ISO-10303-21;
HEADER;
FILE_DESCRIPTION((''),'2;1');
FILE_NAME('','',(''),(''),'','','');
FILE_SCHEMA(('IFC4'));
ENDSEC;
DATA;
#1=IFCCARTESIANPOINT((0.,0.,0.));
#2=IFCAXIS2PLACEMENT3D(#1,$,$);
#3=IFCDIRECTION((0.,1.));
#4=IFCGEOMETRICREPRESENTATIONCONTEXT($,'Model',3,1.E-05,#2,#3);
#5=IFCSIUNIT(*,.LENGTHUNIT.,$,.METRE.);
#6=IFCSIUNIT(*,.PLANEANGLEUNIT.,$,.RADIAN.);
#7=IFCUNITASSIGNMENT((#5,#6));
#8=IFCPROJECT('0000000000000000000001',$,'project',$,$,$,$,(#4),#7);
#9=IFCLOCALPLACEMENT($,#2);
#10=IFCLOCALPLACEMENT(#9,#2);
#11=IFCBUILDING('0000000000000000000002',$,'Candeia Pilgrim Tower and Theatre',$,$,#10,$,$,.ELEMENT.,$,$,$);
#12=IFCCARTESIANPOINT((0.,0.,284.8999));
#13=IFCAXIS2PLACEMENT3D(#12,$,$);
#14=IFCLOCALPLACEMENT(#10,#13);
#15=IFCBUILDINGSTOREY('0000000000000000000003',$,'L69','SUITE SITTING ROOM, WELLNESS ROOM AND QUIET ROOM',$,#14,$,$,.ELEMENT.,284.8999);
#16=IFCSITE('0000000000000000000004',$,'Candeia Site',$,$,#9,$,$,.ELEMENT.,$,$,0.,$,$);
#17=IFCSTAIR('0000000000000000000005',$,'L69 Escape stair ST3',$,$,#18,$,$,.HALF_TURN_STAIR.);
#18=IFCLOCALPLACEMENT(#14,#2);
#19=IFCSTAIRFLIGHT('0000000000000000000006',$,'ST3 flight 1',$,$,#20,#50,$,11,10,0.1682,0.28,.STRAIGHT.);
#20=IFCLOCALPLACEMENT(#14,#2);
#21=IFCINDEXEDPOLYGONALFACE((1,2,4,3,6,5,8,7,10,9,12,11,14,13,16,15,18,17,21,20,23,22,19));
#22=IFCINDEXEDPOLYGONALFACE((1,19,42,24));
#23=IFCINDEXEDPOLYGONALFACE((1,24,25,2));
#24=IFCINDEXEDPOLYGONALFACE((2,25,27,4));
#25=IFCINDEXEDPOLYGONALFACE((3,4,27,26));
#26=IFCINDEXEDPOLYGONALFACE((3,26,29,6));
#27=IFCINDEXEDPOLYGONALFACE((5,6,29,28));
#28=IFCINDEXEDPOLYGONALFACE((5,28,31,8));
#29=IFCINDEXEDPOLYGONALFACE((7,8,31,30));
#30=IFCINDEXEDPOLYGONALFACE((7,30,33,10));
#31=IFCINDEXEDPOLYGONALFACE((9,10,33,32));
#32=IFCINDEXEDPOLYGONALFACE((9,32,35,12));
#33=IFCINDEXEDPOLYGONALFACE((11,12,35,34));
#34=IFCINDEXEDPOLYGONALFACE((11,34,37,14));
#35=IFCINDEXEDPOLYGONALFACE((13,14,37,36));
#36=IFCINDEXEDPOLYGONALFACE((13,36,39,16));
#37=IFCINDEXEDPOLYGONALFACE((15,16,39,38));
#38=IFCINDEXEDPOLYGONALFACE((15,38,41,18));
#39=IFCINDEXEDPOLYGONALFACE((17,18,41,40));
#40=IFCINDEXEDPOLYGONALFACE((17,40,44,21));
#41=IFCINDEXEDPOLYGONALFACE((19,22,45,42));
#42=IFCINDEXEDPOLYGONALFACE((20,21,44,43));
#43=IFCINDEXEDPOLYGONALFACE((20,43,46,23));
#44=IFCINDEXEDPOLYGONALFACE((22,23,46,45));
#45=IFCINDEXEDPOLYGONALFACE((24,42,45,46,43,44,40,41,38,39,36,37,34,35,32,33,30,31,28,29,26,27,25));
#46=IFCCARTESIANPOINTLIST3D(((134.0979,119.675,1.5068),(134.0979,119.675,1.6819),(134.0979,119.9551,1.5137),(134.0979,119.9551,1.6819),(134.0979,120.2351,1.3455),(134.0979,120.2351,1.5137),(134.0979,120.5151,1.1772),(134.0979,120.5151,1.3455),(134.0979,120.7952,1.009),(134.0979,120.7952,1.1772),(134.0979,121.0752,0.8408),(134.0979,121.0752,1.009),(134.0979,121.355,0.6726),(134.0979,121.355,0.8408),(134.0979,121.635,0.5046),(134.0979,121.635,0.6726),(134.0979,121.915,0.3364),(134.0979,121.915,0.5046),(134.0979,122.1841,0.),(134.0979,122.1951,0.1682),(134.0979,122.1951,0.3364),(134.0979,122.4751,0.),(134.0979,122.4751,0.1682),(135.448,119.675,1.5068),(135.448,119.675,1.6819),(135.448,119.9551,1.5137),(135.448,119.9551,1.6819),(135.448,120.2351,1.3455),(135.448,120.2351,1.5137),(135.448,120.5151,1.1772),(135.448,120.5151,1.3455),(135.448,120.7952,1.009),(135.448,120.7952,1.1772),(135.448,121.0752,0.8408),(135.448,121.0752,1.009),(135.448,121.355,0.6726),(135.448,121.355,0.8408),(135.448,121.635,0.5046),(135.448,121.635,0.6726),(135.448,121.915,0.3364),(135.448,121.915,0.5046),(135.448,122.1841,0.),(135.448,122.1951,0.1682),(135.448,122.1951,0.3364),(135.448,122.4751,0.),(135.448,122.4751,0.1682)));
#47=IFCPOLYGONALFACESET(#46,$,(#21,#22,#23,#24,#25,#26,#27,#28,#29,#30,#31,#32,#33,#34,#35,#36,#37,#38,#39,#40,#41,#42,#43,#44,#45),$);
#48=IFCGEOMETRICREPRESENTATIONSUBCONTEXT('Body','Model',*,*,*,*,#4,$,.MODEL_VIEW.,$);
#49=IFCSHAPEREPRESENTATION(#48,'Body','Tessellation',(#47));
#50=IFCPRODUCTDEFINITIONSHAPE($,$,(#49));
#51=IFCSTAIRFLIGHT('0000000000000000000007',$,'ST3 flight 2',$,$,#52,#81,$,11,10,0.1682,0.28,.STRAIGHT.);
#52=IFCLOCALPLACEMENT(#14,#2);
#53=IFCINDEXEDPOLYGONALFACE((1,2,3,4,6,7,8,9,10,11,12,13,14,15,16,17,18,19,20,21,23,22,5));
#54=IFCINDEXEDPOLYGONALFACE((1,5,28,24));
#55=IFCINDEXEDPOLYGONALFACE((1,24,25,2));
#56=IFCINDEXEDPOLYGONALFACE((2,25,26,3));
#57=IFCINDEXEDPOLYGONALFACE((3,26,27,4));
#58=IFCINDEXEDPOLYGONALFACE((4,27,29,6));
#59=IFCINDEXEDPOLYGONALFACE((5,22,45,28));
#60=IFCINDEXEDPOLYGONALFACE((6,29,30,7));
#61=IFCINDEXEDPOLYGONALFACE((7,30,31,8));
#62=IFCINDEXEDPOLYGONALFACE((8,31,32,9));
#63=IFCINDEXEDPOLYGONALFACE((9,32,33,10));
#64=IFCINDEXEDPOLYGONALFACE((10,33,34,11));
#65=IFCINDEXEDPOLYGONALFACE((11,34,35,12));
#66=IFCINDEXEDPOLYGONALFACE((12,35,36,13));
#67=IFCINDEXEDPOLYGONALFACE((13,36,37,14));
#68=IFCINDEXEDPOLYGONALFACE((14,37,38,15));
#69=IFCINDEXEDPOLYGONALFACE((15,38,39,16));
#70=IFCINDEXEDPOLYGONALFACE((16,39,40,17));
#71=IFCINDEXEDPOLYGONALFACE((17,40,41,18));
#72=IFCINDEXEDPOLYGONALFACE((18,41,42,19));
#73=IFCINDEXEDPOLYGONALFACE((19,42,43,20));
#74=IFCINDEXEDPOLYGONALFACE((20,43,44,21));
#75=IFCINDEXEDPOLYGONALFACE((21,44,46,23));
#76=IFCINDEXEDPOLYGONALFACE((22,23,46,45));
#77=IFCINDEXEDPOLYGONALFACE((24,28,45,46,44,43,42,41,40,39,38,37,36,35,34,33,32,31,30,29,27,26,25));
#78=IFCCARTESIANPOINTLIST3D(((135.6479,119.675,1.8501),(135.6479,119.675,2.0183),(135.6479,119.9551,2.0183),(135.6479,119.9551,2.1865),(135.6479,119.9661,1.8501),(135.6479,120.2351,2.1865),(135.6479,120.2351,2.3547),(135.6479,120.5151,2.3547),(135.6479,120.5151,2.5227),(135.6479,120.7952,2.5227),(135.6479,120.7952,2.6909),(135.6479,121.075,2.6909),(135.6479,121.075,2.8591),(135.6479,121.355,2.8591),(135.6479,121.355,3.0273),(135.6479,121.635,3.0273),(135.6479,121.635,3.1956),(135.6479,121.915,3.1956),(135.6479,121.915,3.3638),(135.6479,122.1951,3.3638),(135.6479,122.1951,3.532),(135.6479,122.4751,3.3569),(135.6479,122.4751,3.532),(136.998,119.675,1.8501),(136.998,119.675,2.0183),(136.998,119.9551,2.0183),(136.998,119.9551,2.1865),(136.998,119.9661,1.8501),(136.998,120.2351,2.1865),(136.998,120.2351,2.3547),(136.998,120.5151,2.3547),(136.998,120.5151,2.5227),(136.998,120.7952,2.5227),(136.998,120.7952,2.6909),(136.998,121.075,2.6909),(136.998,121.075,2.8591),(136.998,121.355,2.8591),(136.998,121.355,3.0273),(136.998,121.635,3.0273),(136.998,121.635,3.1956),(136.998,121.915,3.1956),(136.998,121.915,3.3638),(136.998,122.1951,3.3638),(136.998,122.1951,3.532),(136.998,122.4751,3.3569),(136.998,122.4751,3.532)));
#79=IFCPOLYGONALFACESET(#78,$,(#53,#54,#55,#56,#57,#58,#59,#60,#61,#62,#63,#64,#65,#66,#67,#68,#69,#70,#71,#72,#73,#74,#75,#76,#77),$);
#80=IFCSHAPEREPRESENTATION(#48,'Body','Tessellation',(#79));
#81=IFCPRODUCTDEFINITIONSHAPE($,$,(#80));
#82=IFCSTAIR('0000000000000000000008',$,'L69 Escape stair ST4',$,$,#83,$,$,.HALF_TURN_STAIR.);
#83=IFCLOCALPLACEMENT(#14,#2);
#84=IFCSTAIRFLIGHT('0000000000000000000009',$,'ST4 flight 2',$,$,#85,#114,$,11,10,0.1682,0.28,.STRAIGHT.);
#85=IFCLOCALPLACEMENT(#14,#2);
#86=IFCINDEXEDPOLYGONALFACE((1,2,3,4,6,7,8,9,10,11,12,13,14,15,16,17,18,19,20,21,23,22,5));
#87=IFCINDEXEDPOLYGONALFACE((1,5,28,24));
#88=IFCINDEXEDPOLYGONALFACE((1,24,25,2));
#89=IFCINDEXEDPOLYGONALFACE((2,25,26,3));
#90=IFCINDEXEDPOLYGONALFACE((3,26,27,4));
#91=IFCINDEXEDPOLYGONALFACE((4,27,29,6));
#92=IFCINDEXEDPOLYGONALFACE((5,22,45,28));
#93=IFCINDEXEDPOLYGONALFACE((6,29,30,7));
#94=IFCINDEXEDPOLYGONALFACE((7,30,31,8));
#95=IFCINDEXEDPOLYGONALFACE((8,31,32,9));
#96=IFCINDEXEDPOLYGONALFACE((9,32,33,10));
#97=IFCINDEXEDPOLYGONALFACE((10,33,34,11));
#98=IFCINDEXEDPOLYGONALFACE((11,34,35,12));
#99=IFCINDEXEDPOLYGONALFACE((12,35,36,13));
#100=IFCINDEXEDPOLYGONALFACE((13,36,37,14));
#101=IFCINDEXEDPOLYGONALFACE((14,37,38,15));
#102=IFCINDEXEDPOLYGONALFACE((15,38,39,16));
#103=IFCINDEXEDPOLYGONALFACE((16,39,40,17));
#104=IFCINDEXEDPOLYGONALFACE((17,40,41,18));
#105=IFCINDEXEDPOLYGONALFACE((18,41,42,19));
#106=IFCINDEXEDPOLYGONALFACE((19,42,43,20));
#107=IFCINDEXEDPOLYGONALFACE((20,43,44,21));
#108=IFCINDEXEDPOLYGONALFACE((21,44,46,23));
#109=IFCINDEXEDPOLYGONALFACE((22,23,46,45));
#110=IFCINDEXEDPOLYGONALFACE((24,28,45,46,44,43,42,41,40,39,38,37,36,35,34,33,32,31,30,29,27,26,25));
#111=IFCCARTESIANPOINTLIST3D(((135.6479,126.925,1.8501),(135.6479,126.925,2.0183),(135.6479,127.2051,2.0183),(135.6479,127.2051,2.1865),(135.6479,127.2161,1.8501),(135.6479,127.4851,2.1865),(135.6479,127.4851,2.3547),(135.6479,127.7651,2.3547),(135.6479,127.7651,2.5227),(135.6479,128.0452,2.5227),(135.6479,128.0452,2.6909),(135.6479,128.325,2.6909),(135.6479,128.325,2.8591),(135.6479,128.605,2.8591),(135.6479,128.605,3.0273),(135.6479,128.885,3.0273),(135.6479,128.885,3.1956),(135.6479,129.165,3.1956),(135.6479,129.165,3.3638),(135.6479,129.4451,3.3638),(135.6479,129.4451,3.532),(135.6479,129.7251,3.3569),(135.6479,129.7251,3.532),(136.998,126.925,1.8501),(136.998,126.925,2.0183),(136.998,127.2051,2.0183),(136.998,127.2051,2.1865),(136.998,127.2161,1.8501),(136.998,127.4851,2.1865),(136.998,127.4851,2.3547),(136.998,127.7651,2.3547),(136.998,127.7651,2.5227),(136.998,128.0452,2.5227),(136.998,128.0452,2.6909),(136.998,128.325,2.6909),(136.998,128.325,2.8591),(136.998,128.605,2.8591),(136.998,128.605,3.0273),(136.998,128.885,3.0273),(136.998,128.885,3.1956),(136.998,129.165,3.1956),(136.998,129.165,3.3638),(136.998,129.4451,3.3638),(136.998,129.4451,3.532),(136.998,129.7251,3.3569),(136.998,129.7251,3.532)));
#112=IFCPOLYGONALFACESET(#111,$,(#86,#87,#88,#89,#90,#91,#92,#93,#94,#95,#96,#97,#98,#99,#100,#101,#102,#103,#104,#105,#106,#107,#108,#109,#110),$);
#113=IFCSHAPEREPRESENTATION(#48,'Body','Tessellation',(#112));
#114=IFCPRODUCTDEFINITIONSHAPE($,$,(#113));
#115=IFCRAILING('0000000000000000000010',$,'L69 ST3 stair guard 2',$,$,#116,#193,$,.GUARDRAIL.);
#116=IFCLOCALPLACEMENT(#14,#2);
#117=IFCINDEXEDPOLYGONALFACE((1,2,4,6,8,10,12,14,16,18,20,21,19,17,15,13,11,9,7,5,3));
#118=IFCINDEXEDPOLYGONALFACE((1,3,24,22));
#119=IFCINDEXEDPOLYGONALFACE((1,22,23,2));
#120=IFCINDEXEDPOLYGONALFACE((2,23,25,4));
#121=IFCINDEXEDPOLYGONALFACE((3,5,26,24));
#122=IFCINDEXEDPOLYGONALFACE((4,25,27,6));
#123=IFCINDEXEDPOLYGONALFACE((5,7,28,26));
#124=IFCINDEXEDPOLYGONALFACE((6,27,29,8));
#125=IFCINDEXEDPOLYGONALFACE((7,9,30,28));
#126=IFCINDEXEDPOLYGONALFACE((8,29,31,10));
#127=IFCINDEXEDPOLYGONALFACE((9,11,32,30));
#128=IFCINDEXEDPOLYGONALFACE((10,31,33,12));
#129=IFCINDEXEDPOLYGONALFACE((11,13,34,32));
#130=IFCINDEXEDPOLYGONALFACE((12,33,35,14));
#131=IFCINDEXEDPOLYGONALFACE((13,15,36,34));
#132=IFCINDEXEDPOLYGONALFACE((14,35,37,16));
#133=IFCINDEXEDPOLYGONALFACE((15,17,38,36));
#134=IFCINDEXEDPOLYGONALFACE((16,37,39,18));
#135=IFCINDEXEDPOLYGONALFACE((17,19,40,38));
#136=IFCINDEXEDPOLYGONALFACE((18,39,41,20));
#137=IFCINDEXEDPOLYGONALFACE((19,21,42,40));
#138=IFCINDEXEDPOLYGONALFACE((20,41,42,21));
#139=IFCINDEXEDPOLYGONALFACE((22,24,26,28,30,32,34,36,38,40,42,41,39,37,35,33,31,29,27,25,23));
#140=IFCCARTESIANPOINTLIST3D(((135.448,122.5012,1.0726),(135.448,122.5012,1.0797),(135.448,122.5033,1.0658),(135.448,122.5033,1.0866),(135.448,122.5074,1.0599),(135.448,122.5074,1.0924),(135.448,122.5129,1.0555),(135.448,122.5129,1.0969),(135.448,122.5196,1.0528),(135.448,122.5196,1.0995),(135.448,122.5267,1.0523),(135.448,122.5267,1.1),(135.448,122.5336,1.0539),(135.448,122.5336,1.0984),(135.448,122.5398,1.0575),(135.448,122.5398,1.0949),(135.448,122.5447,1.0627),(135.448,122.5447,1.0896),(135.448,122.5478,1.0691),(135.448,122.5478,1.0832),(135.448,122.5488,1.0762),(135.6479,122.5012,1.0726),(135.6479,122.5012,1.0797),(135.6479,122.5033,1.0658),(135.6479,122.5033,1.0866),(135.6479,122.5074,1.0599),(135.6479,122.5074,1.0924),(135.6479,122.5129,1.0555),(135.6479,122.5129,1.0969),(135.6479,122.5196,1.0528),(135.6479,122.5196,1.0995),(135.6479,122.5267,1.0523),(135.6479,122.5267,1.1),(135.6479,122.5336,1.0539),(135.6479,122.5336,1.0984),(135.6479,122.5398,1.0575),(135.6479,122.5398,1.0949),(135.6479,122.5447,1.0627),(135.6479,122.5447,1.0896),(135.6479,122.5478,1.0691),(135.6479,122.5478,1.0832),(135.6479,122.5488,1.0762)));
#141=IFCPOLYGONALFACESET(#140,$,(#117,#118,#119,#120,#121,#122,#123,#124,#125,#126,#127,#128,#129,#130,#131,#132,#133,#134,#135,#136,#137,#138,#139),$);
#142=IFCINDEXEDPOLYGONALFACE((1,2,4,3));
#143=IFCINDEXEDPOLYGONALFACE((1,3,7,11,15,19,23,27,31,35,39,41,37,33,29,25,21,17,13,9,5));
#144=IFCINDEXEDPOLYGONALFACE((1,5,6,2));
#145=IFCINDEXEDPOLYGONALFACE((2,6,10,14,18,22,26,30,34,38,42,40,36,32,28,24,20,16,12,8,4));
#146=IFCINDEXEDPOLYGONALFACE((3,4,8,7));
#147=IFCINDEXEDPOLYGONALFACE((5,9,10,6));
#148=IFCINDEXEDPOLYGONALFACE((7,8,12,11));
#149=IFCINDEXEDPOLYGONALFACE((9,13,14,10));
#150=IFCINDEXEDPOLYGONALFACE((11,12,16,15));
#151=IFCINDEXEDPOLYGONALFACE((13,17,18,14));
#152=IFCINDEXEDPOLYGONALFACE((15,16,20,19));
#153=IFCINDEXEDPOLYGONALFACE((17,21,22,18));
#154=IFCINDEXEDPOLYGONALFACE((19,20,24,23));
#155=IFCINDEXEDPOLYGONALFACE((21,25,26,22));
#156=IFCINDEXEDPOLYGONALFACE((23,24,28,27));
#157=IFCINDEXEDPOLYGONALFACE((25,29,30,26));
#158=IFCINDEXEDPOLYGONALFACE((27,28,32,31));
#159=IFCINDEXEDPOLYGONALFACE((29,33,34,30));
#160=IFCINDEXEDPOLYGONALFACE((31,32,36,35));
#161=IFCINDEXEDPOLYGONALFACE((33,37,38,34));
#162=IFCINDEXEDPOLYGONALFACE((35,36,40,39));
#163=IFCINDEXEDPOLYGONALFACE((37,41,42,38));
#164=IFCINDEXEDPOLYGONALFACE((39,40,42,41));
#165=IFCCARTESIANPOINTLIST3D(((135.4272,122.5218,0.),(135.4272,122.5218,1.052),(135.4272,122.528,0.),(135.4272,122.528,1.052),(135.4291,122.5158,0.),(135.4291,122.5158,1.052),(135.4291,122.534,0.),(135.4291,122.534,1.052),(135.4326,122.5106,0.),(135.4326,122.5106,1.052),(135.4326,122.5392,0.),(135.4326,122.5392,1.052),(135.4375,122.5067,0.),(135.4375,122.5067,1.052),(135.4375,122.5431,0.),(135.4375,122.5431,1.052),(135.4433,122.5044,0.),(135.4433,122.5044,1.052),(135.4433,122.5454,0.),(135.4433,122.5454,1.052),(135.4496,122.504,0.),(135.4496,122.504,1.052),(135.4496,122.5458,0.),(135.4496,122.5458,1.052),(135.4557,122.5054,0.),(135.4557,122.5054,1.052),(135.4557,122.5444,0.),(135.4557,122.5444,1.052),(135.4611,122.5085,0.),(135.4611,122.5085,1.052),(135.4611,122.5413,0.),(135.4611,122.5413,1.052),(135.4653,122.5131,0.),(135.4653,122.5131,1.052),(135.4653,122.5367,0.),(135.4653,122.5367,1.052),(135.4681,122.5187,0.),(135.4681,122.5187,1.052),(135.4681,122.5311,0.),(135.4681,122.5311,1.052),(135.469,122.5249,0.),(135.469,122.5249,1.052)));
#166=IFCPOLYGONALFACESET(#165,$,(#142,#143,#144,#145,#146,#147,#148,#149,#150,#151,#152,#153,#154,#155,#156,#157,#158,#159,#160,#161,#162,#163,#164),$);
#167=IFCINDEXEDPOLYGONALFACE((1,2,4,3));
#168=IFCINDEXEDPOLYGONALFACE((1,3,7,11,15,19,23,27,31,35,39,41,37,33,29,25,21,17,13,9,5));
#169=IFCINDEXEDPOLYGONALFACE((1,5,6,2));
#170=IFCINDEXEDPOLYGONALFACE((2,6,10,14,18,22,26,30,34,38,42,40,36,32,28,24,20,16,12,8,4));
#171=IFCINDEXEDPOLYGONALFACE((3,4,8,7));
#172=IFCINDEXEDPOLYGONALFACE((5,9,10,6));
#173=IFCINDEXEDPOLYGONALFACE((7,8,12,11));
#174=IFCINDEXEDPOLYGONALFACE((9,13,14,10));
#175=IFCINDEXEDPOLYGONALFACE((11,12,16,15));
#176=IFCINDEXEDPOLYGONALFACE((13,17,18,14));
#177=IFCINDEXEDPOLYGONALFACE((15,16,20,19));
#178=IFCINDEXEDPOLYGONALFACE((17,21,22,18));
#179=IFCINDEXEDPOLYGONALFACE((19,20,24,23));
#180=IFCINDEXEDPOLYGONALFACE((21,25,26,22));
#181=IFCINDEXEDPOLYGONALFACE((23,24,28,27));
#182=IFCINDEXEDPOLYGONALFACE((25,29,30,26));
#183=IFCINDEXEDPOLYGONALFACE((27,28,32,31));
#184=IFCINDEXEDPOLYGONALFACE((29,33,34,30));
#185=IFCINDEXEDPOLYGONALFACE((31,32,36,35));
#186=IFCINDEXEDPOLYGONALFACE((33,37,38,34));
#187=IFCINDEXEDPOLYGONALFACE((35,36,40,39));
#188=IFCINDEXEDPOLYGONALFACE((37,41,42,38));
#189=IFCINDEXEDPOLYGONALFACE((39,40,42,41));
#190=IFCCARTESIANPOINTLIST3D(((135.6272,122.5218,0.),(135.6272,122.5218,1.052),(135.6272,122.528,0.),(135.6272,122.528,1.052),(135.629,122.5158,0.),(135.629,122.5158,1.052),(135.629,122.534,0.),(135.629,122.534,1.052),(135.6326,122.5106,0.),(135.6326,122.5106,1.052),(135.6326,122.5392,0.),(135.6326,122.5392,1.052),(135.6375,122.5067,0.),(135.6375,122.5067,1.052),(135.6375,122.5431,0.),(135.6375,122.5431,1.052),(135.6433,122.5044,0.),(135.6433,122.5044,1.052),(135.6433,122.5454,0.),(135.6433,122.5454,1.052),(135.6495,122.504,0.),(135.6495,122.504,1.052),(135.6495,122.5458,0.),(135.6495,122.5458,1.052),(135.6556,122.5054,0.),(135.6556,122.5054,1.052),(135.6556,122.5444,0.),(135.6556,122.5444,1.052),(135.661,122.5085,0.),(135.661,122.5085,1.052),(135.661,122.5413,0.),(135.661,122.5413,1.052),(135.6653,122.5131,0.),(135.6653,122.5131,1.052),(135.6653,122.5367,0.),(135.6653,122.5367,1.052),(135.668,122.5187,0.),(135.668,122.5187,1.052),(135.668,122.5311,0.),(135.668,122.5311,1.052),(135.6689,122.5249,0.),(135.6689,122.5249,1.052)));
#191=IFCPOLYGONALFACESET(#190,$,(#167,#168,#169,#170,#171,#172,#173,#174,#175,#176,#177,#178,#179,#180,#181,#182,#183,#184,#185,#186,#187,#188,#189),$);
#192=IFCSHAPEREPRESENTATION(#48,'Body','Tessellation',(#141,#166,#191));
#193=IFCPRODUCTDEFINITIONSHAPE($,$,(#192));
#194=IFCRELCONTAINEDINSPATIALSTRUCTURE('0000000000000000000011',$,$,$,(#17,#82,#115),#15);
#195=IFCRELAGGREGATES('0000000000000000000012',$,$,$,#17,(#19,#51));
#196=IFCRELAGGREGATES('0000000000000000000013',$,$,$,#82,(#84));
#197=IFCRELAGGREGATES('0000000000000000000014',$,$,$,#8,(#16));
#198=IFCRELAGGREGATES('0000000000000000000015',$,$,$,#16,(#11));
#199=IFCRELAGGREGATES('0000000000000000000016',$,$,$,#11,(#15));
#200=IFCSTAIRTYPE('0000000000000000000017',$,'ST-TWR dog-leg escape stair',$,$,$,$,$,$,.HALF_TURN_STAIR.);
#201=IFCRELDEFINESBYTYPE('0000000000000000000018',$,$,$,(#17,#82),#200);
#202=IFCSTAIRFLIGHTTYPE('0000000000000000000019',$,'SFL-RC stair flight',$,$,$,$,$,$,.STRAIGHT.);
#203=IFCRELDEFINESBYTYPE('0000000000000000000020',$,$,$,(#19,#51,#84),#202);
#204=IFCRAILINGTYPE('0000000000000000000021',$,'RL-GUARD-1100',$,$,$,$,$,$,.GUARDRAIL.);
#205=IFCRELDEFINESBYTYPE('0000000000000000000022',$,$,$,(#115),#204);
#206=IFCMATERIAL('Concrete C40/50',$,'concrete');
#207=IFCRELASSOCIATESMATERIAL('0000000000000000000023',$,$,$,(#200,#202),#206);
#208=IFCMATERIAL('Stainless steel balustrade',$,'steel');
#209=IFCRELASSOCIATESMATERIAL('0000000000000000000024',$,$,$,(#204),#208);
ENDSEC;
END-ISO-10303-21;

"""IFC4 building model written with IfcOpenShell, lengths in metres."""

from ifc_helpers import new_model, si_unit, direction, frame, origin, origin_2d, place, context, subcontext, project, spatial, polyline, circle, outline, extrude, material, type_object, element, aggregate, save


model = new_model("IFC4")

# Units and contexts
model_context = context("Model", 3, precision=1e-05, world=origin(), true_north=direction((0.0, 1.0)))
body_context = subcontext(model_context, "Body", "Model", "MODEL_VIEW")
ifc_project = project(units=[si_unit("LENGTHUNIT", "METRE"), si_unit("PLANEANGLEUNIT", "RADIAN")], contexts=[model_context])

# Site, building, storey
site_placement = place(None, origin())
site = spatial("IfcSite", under=ifc_project, at=site_placement, Name="Candeia Site", CompositionType="ELEMENT", RefElevation=0.0)
building_placement = place(site_placement, origin())
building = spatial("IfcBuilding", under=site, at=building_placement, Name="Candeia Pilgrim Tower and Theatre", CompositionType="ELEMENT")
storey_placement = place(building_placement, frame((0.0, 0.0, 284.8999)))
storey = spatial("IfcBuildingStorey", under=building, at=storey_placement, Name="L69", Description="SUITE SITTING ROOM, WELLNESS ROOM AND QUIET ROOM", CompositionType="ELEMENT", Elevation=284.8999)

# Shared definitions
ifc_material_1 = material(Name="Concrete C40/50", Category="concrete")

# Stair, stair flights
stair_type = type_object("IfcStairType", Name="ST-TWR dog-leg escape stair", PredefinedType="HALF_TURN_STAIR", material=ifc_material_1)
stair_1_placement = place(storey_placement, origin())
stair_1 = element("IfcStair", 1, at=stair_1_placement, inside=storey, type_object=stair_type, Name="L69 Escape stair ST3", PredefinedType="HALF_TURN_STAIR")
stair_flight_type = type_object("IfcStairFlightType", Name="SFL-RC stair flight", PredefinedType="STRAIGHT", material=ifc_material_1)
stair_flight_1_placement = place(storey_placement, frame((134.7729, 122.4751, 0.0), z_axis=(0.0, 0.0, 1.0), x_axis=(0.0, -1.0, 0.0)))
stair_flight_1 = element("IfcStairFlight", 2, at=stair_flight_1_placement, type_object=stair_flight_type, Name="ST3 flight 1", NumberOfRisers=11, NumberOfTreads=10, PredefinedType="STRAIGHT", RiserHeight=0.1682, TreadLength=0.28, context=body_context, shape_type="SweptSolid", body=[
    extrude(outline(polyline([(0.0, 0.0), (0.0, 0.1682), (0.28, 0.1682), (0.28, 0.3364), (0.5601, 0.3364), (0.5601, 0.5046), (0.8401, 0.5046), (0.8401, 0.6726), (1.1201, 0.6726), (1.1201, 0.8408), (1.3999, 0.8408), (1.3999, 1.009), (1.6799, 1.009), (1.6799, 1.1772), (1.96, 1.1772), (1.96, 1.3455), (2.24, 1.3455), (2.24, 1.5137), (2.52, 1.5137), (2.52, 1.6819), (2.8, 1.6819), (2.8, 1.8501), (2.8, 1.5068), (0.291, 0.0), (0.0, 0.0)])), frame((0.0, 0.675, 0.0), z_axis=(0.0, -1.0, 0.0), x_axis=(1.0, 0.0, 0.0)), (0.0, 0.0, 1.0), 1.3501),
])
stair_flight_2_placement = place(storey_placement, frame((136.323, 119.675, 1.8501), z_axis=(0.0, 0.0, 1.0), x_axis=(0.0, 1.0, 0.0)))
stair_flight_2 = element("IfcStairFlight", 3, at=stair_flight_2_placement, type_object=stair_flight_type, Name="ST3 flight 2", NumberOfRisers=11, NumberOfTreads=10, PredefinedType="STRAIGHT", RiserHeight=0.1682, TreadLength=0.28, context=body_context, shape_type="SweptSolid", body=[
    extrude(outline(polyline([(0.0, 0.0), (0.0, 0.1682), (0.28, 0.1682), (0.28, 0.3364), (0.5601, 0.3364), (0.5601, 0.5046), (0.8401, 0.5046), (0.8401, 0.6726), (1.1201, 0.6726), (1.1201, 0.8408), (1.3999, 0.8408), (1.3999, 1.009), (1.6799, 1.009), (1.6799, 1.1772), (1.96, 1.1772), (1.96, 1.3455), (2.24, 1.3455), (2.24, 1.5137), (2.52, 1.5137), (2.52, 1.6819), (2.8, 1.6819), (2.8, 1.8501), (2.8, 1.5068), (0.291, 0.0), (0.0, 0.0)])), frame((0.0, 0.675, 0.0), z_axis=(0.0, -1.0, 0.0), x_axis=(1.0, 0.0, 0.0)), (0.0, 0.0, 1.0), 1.3501),
])
aggregate(stair_1, [stair_flight_1, stair_flight_2])

# Stair, stair flight
stair_2_placement = place(storey_placement, origin())
stair_2 = element("IfcStair", 4, at=stair_2_placement, inside=storey, type_object=stair_type, Name="L69 Escape stair ST4", PredefinedType="HALF_TURN_STAIR")
stair_flight_3_placement = place(storey_placement, frame((136.323, 126.925, 1.8501), z_axis=(0.0, 0.0, 1.0), x_axis=(0.0, 1.0, 0.0)))
stair_flight_3 = element("IfcStairFlight", 5, at=stair_flight_3_placement, type_object=stair_flight_type, Name="ST4 flight 2", NumberOfRisers=11, NumberOfTreads=10, PredefinedType="STRAIGHT", RiserHeight=0.1682, TreadLength=0.28, context=body_context, shape_type="SweptSolid", body=[
    extrude(outline(polyline([(0.0, 0.0), (0.0, 0.1682), (0.28, 0.1682), (0.28, 0.3364), (0.5601, 0.3364), (0.5601, 0.5046), (0.8401, 0.5046), (0.8401, 0.6726), (1.1201, 0.6726), (1.1201, 0.8408), (1.3999, 0.8408), (1.3999, 1.009), (1.6799, 1.009), (1.6799, 1.1772), (1.96, 1.1772), (1.96, 1.3455), (2.24, 1.3455), (2.24, 1.5137), (2.52, 1.5137), (2.52, 1.6819), (2.8, 1.6819), (2.8, 1.8501), (2.8, 1.5068), (0.291, 0.0), (0.0, 0.0)])), frame((0.0, 0.675, 0.0), z_axis=(0.0, -1.0, 0.0), x_axis=(1.0, 0.0, 0.0)), (0.0, 0.0, 1.0), 1.3501),
])
aggregate(stair_2, [stair_flight_3])

# Railing
ifc_material_2 = material(Name="Stainless steel balustrade", Category="steel")
railing_type_1 = type_object("IfcRailingType", Name="RL-GUARD-1100", PredefinedType="GUARDRAIL", material=ifc_material_2)
railing_1_placement = place(storey_placement, frame((135.448, 122.5249, 0.0)))
element("IfcRailing", 6, at=railing_1_placement, inside=storey, type_object=railing_type_1, Name="L69 ST3 stair guard 2", PredefinedType="GUARDRAIL", context=body_context, shape_type="SweptSolid", body=[
    extrude(circle(Radius=0.0239, at=origin_2d()), frame((0.0, 0.0, 1.0762), z_axis=(1.0, 0.0, 0.0), x_axis=(0.0, 1.0, 0.0)), (0.0, 0.0, 1.0), 0.2),
    extrude(circle(Radius=0.021, at=origin_2d()), origin(), (0.0, 0.0, 1.0), 1.052),
    extrude(circle(Radius=0.021, at=origin_2d()), frame((0.2, 0.0, 0.0)), (0.0, 0.0, 1.0), 1.052),
])

save(model, "model.ifc")
